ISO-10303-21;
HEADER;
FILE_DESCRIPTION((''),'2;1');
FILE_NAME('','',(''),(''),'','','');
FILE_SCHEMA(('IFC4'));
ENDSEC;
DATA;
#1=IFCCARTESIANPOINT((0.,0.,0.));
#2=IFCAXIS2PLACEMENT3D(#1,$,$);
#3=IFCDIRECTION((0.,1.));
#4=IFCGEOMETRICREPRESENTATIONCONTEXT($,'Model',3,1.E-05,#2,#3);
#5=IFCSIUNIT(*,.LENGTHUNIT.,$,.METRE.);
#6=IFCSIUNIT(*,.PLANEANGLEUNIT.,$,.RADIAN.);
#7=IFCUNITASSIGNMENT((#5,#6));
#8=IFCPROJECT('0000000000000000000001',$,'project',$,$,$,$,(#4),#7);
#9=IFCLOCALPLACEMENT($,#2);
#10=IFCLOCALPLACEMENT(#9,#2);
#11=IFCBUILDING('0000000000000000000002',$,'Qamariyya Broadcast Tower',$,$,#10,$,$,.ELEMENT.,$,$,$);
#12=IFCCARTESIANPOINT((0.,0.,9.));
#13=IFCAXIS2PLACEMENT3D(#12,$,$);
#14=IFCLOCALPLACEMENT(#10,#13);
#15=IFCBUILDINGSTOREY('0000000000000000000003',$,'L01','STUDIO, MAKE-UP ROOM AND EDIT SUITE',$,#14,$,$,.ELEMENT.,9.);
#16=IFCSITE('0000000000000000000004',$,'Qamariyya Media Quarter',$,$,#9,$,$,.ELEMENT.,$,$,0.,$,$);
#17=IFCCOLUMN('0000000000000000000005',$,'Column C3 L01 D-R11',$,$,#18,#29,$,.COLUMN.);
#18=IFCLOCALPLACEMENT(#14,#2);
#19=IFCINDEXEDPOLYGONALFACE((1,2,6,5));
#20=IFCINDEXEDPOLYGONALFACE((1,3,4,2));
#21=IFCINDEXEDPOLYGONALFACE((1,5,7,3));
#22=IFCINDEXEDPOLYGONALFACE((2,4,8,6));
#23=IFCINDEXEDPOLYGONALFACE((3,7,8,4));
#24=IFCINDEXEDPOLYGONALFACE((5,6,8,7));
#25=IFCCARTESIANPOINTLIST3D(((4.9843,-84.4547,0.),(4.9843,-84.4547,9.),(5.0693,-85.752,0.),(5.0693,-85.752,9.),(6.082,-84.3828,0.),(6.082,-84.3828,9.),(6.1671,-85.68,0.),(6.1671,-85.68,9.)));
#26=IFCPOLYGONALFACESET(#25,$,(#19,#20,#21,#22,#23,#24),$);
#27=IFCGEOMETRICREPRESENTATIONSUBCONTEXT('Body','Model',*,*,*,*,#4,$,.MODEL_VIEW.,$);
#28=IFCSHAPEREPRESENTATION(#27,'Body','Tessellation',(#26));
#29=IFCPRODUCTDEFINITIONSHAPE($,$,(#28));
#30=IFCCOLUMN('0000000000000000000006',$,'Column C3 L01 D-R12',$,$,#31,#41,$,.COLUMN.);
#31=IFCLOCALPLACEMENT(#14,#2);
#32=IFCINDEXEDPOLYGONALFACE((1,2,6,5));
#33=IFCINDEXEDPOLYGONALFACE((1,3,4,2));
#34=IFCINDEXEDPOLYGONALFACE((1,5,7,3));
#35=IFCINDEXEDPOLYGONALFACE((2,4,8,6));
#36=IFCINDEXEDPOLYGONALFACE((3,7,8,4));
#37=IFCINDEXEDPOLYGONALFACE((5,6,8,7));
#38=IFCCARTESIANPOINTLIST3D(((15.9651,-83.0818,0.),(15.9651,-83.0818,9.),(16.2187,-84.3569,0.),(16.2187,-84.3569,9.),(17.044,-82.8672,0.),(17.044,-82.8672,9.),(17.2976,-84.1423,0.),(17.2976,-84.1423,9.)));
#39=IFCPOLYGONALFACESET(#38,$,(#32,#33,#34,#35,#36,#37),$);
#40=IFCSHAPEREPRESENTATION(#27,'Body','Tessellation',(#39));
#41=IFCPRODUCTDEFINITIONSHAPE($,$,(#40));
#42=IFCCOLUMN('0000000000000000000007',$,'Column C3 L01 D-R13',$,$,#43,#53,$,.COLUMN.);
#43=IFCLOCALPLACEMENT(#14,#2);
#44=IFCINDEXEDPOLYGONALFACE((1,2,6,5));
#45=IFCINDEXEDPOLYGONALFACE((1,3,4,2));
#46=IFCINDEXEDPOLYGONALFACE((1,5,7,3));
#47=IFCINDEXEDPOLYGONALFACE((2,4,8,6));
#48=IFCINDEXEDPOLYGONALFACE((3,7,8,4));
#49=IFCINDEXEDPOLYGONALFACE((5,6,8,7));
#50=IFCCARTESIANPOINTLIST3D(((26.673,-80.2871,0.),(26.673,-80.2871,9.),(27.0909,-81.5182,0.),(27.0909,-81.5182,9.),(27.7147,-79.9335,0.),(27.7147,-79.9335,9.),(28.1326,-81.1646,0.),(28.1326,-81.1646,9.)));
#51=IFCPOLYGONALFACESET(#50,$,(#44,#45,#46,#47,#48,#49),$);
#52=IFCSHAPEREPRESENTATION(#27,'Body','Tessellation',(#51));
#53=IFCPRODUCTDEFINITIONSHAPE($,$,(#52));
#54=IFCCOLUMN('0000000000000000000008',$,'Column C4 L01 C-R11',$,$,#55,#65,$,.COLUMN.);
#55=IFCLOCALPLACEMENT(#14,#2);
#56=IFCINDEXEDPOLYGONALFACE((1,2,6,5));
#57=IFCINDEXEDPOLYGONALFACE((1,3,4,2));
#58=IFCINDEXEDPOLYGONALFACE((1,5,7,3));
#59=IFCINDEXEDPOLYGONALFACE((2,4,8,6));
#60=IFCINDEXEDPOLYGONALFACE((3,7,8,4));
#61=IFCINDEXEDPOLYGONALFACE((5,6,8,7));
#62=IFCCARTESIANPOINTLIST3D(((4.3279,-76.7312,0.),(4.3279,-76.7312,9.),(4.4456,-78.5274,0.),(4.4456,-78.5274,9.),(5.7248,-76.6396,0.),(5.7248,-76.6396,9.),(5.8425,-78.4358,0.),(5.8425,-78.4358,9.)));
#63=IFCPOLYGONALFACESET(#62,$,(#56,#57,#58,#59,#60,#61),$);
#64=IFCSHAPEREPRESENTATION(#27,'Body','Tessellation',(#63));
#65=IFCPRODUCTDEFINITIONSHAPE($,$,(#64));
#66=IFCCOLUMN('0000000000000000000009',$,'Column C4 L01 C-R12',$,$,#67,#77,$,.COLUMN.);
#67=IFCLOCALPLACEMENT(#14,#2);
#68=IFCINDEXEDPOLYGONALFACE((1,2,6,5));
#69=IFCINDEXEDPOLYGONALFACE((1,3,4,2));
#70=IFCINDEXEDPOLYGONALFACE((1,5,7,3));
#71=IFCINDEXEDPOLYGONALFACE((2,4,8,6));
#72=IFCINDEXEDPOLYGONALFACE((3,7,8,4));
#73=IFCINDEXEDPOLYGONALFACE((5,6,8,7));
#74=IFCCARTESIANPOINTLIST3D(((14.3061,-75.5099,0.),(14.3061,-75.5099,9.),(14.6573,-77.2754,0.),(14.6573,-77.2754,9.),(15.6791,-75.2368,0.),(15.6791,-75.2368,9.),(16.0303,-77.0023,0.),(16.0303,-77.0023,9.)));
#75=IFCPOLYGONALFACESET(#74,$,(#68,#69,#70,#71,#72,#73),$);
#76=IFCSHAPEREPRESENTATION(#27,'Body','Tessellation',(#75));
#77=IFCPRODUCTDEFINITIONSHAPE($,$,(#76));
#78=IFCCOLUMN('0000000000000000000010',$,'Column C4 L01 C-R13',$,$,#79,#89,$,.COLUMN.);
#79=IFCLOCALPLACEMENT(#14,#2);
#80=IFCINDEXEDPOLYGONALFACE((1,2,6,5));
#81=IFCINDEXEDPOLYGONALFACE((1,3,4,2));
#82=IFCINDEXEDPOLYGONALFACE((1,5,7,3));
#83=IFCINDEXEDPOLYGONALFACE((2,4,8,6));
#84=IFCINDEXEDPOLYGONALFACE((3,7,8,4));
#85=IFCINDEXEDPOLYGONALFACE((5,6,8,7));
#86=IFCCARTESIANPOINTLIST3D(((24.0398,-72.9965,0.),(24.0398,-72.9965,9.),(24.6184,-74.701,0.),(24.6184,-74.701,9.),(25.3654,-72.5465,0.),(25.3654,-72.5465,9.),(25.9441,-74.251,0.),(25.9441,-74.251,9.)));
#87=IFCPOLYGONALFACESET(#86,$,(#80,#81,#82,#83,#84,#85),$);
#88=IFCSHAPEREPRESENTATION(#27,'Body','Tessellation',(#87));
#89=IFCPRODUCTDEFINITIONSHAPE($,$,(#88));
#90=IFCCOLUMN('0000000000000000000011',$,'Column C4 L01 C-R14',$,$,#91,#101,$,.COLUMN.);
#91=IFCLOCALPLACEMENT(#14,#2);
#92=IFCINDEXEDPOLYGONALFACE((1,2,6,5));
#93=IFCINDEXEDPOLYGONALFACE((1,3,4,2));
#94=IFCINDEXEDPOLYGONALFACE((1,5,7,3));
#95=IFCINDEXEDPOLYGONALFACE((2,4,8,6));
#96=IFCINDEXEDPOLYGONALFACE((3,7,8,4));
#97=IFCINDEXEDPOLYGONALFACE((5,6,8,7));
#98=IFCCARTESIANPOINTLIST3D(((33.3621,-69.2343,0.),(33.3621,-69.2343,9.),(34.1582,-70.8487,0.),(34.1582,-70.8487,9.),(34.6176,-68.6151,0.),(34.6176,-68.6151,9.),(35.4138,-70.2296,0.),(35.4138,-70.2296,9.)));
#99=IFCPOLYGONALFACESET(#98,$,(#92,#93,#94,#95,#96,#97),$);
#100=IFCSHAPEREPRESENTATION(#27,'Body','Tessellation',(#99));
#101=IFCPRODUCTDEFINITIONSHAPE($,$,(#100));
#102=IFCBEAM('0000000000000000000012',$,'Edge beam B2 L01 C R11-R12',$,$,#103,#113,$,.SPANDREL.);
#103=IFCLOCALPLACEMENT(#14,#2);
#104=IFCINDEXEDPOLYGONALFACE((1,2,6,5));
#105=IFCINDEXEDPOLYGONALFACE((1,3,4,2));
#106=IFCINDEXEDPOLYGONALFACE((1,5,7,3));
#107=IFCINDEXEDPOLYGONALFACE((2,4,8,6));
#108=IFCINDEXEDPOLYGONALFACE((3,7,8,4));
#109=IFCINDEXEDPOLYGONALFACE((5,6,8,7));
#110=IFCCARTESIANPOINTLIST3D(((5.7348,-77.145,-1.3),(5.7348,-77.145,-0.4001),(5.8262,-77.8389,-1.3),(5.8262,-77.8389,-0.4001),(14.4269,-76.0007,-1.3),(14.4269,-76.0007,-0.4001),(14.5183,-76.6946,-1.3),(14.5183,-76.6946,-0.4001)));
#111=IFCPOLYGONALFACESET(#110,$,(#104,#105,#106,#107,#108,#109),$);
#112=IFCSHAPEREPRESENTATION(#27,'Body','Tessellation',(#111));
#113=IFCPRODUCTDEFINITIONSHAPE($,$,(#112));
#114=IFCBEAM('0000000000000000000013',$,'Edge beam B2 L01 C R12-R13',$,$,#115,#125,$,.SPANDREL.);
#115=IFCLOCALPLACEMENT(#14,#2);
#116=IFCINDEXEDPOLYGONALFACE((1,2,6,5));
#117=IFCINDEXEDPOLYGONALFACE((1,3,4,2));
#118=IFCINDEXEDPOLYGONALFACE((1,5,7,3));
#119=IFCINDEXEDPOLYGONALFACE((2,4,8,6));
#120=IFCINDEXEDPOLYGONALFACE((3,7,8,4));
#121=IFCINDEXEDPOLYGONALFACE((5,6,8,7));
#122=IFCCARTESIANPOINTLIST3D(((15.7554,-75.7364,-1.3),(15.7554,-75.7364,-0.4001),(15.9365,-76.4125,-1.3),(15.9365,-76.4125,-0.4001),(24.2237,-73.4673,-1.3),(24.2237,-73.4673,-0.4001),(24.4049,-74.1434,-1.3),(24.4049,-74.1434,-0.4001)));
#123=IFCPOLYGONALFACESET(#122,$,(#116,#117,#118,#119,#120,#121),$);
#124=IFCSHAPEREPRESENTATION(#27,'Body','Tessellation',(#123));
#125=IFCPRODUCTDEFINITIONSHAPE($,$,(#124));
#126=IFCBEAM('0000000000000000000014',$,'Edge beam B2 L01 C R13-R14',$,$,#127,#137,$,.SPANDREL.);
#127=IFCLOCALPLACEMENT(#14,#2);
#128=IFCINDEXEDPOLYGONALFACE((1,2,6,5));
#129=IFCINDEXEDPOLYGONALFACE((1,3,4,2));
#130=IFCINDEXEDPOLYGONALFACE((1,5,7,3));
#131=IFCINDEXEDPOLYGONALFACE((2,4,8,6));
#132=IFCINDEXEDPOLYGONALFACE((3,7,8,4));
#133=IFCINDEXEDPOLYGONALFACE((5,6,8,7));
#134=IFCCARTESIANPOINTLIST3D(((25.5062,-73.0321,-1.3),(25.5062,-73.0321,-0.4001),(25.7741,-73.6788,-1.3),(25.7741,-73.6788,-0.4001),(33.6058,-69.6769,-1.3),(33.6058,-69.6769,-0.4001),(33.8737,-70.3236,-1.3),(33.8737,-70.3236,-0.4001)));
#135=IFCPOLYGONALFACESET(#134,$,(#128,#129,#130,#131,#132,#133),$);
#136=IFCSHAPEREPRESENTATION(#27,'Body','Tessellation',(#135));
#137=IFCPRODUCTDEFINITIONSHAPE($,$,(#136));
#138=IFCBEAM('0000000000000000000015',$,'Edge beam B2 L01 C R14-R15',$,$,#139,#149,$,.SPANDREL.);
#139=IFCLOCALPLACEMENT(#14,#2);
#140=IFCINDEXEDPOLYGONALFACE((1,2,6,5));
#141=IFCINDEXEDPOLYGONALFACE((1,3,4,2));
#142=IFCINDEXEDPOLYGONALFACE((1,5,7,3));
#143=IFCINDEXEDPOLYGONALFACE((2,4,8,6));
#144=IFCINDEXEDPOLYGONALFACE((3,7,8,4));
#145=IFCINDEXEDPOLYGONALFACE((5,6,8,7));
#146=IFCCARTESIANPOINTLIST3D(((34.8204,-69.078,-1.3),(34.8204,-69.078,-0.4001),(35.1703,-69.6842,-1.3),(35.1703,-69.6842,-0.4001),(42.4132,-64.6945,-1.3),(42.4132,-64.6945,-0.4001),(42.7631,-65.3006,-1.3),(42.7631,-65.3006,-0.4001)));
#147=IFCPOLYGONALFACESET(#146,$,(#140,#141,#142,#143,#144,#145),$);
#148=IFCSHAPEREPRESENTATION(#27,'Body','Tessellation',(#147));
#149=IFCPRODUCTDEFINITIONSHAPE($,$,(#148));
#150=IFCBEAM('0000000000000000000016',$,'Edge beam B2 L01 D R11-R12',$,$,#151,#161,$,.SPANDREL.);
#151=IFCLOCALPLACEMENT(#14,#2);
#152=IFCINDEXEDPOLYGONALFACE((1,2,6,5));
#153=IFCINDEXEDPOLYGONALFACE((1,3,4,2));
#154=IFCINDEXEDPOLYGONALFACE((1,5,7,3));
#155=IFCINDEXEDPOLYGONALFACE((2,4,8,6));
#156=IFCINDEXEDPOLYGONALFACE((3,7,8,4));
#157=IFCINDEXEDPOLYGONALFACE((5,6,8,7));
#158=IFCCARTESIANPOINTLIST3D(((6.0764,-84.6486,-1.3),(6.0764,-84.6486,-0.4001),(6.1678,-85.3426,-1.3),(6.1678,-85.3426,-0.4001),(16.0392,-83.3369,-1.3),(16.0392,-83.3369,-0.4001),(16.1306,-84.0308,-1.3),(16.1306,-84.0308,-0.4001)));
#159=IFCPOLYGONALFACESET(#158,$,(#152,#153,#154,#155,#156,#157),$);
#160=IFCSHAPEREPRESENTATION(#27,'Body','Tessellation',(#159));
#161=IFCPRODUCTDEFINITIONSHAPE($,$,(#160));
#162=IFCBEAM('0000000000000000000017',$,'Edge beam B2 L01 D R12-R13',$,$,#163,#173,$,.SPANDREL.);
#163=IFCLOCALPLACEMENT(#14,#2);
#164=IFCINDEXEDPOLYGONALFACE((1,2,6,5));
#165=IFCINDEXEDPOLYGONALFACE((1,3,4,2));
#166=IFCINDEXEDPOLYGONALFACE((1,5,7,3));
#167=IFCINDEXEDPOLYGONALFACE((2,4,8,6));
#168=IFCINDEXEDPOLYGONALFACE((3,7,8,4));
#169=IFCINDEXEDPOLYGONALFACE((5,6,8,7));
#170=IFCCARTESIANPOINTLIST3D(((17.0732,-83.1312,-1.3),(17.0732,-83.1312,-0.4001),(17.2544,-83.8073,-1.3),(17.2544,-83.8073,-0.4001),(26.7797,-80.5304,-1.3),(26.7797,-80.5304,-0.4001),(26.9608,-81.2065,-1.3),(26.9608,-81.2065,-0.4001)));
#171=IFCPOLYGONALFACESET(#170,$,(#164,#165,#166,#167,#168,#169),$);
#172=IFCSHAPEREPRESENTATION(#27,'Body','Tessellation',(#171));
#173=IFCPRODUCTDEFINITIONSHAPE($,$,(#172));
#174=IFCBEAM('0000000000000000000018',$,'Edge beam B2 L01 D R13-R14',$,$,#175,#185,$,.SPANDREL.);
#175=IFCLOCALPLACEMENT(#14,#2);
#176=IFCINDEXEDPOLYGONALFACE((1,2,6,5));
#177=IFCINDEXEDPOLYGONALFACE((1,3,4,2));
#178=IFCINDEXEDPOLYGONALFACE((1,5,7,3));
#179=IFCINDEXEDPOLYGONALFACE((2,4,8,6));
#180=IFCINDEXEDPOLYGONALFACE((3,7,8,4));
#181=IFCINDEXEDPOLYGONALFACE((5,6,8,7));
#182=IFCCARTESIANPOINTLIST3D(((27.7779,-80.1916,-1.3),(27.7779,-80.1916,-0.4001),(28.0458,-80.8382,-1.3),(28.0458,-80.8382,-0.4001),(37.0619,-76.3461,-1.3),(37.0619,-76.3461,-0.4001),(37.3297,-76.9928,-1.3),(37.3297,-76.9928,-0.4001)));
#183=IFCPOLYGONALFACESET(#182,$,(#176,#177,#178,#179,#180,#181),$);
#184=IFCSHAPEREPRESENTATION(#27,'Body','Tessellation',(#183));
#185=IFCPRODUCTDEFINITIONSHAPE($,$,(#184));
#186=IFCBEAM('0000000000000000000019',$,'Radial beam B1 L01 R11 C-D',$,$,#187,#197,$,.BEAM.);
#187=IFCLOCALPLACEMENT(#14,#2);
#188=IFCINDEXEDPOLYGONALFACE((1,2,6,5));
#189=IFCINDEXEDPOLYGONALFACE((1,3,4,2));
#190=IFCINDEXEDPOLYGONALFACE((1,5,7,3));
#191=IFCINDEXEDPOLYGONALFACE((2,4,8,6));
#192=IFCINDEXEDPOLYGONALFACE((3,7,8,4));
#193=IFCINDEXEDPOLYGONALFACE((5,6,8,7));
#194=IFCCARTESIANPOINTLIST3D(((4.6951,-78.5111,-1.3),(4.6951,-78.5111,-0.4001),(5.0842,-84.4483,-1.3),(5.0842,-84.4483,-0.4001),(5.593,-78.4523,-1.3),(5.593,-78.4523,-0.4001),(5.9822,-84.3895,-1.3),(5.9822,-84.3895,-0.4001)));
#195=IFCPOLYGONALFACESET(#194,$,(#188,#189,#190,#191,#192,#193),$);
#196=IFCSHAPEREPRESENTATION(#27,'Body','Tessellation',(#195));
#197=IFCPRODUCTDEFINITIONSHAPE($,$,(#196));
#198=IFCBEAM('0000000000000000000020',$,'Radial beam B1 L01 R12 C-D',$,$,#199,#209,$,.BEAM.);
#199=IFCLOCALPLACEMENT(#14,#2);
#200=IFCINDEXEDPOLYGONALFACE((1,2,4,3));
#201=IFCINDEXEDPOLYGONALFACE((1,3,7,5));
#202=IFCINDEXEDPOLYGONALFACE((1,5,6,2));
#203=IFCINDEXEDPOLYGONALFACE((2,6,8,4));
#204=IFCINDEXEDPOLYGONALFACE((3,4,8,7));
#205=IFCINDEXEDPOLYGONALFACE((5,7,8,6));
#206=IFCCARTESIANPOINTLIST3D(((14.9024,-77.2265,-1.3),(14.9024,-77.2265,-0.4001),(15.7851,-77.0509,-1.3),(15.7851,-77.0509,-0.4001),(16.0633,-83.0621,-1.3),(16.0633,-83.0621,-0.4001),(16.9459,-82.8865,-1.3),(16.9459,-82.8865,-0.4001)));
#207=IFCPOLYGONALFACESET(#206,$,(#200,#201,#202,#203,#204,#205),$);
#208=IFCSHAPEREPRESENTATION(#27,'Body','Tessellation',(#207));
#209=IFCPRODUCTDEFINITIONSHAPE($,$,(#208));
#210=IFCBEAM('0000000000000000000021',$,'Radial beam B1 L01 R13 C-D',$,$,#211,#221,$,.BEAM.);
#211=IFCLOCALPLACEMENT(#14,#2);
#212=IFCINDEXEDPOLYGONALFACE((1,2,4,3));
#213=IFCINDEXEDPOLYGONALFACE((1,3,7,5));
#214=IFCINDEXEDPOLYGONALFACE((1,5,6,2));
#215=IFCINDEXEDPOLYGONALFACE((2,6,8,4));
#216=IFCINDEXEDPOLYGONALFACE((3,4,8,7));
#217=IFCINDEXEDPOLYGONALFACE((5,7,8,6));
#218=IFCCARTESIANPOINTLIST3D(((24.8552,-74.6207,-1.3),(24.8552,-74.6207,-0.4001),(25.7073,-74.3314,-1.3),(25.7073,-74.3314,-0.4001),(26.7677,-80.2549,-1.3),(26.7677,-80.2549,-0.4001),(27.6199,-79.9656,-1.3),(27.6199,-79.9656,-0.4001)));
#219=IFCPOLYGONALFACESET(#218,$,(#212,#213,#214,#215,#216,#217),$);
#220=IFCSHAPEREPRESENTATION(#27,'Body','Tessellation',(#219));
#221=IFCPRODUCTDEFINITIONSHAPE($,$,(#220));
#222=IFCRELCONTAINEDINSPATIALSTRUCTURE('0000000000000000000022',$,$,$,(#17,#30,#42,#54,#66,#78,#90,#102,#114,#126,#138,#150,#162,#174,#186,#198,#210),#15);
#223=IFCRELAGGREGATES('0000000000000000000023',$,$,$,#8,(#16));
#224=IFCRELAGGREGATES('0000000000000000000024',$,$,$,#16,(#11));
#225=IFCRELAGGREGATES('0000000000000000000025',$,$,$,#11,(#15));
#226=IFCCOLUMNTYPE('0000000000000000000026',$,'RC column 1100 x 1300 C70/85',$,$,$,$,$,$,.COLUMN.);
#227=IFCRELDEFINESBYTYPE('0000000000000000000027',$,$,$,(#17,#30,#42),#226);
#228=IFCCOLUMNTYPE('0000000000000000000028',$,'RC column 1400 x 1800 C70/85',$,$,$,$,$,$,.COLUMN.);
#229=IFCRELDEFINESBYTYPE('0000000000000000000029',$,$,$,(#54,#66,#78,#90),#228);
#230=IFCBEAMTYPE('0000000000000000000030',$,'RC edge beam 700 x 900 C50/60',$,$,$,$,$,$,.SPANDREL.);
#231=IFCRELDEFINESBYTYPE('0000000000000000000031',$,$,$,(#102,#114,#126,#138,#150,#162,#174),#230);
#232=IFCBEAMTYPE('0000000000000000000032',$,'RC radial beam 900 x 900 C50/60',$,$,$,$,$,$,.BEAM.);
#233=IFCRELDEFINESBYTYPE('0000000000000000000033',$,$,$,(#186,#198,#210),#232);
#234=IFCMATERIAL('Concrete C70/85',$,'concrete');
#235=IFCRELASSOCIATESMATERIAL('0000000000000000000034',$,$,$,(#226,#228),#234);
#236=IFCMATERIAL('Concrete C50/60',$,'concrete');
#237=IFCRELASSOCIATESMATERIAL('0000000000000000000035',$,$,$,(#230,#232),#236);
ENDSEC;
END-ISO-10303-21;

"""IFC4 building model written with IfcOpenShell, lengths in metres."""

from ifc_helpers import new_model, si_unit, direction, frame, origin, origin_2d, place, context, subcontext, project, spatial, rectangle, extrude, material, material_profile, profile_set, type_object, element, save


model = new_model("IFC4")

# Units and contexts
model_context = context("Model", 3, precision=1e-05, world=origin(), true_north=direction((0.0, 1.0)))
body_context = subcontext(model_context, "Body", "Model", "MODEL_VIEW")
ifc_project = project(units=[si_unit("LENGTHUNIT", "METRE"), si_unit("PLANEANGLEUNIT", "RADIAN")], contexts=[model_context])

# Site, building, storey
site_placement = place(None, origin())
site = spatial("IfcSite", under=ifc_project, at=site_placement, Name="Qamariyya Media Quarter", CompositionType="ELEMENT", RefElevation=0.0)
building_placement = place(site_placement, origin())
building = spatial("IfcBuilding", under=site, at=building_placement, Name="Qamariyya Broadcast Tower", CompositionType="ELEMENT")
storey_placement = place(building_placement, frame((0.0, 0.0, 9.0)))
storey = spatial("IfcBuildingStorey", under=building, at=storey_placement, Name="L01", Description="STUDIO, MAKE-UP ROOM AND EDIT SUITE", CompositionType="ELEMENT", Elevation=9.0)

# Columns
ifc_material_1 = material(Name="Concrete C70/85", Category="concrete")
ifc_material_profile_1 = material_profile(ifc_material_1, rectangle(XDim=1.1001, YDim=1.3, at=origin_2d()))
ifc_profile_set_1 = profile_set([ifc_material_profile_1], Name="Concrete C70/85")
column_type_1 = type_object("IfcColumnType", Name="RC column 1100 x 1300 C70/85", PredefinedType="COLUMN", material=ifc_profile_set_1)
for number, where, z_axis, x_axis, name in (
    (1, (5.5757, -85.0674, 0.0), (0.0, 0.0, 1.0), (0.997859, 0.065403, 0.0), "Column C3 L01 D-R11"),
    (2, (16.6313, -83.6121, 0.0), (0.0, 0.0, 1.0), (0.980785, 0.19509, 0.0), "Column C3 L01 D-R12"),
    (3, (27.4028, -80.7258, 0.0), (0.0, 0.0, 1.0), (0.94693, 0.321439, 0.0), "Column C3 L01 D-R13"),
):
    element("IfcColumn", number, at=place(storey_placement, frame(where, z_axis=z_axis, x_axis=x_axis)), inside=storey, type_object=column_type_1, Name=name, PredefinedType="COLUMN", context=body_context, shape_type="SweptSolid", body=[
        extrude(rectangle(XDim=1.1001, YDim=1.3, at=origin_2d()), origin(), (0.0, 0.0, 1.0), 9.0),
    ])
ifc_material_profile_2 = material_profile(ifc_material_1, rectangle(XDim=1.3999, YDim=1.8, at=origin_2d()))
ifc_profile_set_2 = profile_set([ifc_material_profile_2], Name="Concrete C70/85")
column_type_2 = type_object("IfcColumnType", Name="RC column 1400 x 1800 C70/85", PredefinedType="COLUMN", material=ifc_profile_set_2)
for number, where, z_axis, x_axis, name in (
    (4, (5.0852, -77.5835, 0.0), (0.0, 0.0, 1.0), (0.997859, 0.065403, 0.0), "Column C4 L01 C-R11"),
    (5, (15.1682, -76.2561, 0.0), (0.0, 0.0, 1.0), (0.980785, 0.19509, 0.0), "Column C4 L01 C-R12"),
    (6, (24.9919, -73.6238, 0.0), (0.0, 0.0, 1.0), (0.94693, 0.321439, 0.0), "Column C4 L01 C-R13"),
    (7, (34.3879, -69.7319, 0.0), (0.0, 0.0, 1.0), (0.896873, 0.442289, 0.0), "Column C4 L01 C-R14"),
):
    element("IfcColumn", number, at=place(storey_placement, frame(where, z_axis=z_axis, x_axis=x_axis)), inside=storey, type_object=column_type_2, Name=name, PredefinedType="COLUMN", context=body_context, shape_type="SweptSolid", body=[
        extrude(rectangle(XDim=1.3999, YDim=1.8, at=origin_2d()), origin(), (0.0, 0.0, 1.0), 9.0),
    ])

# Beams
ifc_material_2 = material(Name="Concrete C50/60", Category="concrete")
ifc_material_profile_3 = material_profile(ifc_material_2, rectangle(XDim=0.7, YDim=0.8999, at=origin_2d()))
ifc_profile_set_3 = profile_set([ifc_material_profile_3], Name="Concrete C50/60")
beam_type_1 = type_object("IfcBeamType", Name="RC edge beam 700 x 900 C50/60", PredefinedType="SPANDREL", material=ifc_profile_set_3)
for number, where, z_axis, x_axis, name in (
    (8, (5.7805, -77.4919, -0.8501), (0.991446, 0.13052, 0.0), (-0.13052, 0.991446, 0.0), "Edge beam B2 L01 C R11-R12"),
    (9, (15.8459, -76.0745, -0.8501), (0.965926, 0.258817, 0.0), (-0.258817, 0.965926, 0.0), "Edge beam B2 L01 C R12-R13"),
    (10, (25.6401, -73.3555, -0.8501), (0.923869, 0.382708, 0.0), (-0.382708, 0.923869, 0.0), "Edge beam B2 L01 C R13-R14"),
):
    element("IfcBeam", number, at=place(storey_placement, frame(where, z_axis=z_axis, x_axis=x_axis)), inside=storey, type_object=beam_type_1, Name=name, PredefinedType="SPANDREL", context=body_context, shape_type="SweptSolid", body=[
        extrude(rectangle(XDim=0.7, YDim=0.8999, at=origin_2d()), origin(), (0.0, 0.0, 1.0), 8.7671),
    ])
beam_1_placement = place(storey_placement, frame((34.9954, -69.3811, -0.8501), z_axis=(0.866033, 0.499988, 0.0), x_axis=(-0.499988, 0.866033, 0.0)))
element("IfcBeam", 11, at=beam_1_placement, inside=storey, type_object=beam_type_1, Name="Edge beam B2 L01 C R14-R15", PredefinedType="SPANDREL", context=body_context, shape_type="SweptSolid", body=[
    extrude(rectangle(XDim=0.7, YDim=0.8999, at=origin_2d()), origin(), (0.0, 0.0, 1.0), 8.7673),
])
for number, where, z_axis, x_axis, name in (
    (12, (6.1221, -84.9956, -0.8501), (0.991443, 0.130539, 0.0), (-0.130539, 0.991443, 0.0), "Edge beam B2 L01 D R11-R12"),
    (13, (17.1638, -83.4692, -0.8501), (0.965927, 0.258816, 0.0), (-0.258816, 0.965927, 0.0), "Edge beam B2 L01 D R12-R13"),
    (14, (27.9119, -80.5149, -0.8501), (0.923882, 0.382677, 0.0), (-0.382677, 0.923882, 0.0), "Edge beam B2 L01 D R13-R14"),
):
    element("IfcBeam", number, at=place(storey_placement, frame(where, z_axis=z_axis, x_axis=x_axis)), inside=storey, type_object=beam_type_1, Name=name, PredefinedType="SPANDREL", context=body_context, shape_type="SweptSolid", body=[
        extrude(rectangle(XDim=0.7, YDim=0.8999, at=origin_2d()), origin(), (0.0, 0.0, 1.0), 10.0488),
    ])
ifc_material_profile_4 = material_profile(ifc_material_2, rectangle(XDim=0.8999, YDim=0.8999, at=origin_2d()))
ifc_profile_set_4 = profile_set([ifc_material_profile_4], Name="Concrete C50/60")
beam_type_2 = type_object("IfcBeamType", Name="RC radial beam 900 x 900 C50/60", PredefinedType="BEAM", material=ifc_profile_set_4)
for number, where, z_axis, x_axis, name in (
    (15, (5.144, -78.4817, -0.8501), (0.065405, -0.997859, 0.0), (0.997859, 0.065405, 0.0), "Radial beam B1 L01 R11 C-D"),
    (16, (15.3438, -77.1387, -0.8501), (0.195106, -0.980782, 0.0), (0.980782, 0.195106, 0.0), "Radial beam B1 L01 R12 C-D"),
    (17, (25.2812, -74.4761, -0.8501), (0.321442, -0.946929, 0.0), (0.946929, 0.321442, 0.0), "Radial beam B1 L01 R13 C-D"),
):
    element("IfcBeam", number, at=place(storey_placement, frame(where, z_axis=z_axis, x_axis=x_axis)), inside=storey, type_object=beam_type_2, Name=name, PredefinedType="BEAM", context=body_context, shape_type="SweptSolid", body=[
        extrude(rectangle(XDim=0.8999, YDim=0.8999, at=origin_2d()), origin(), (0.0, 0.0, 1.0), 5.95),
    ])

save(model, "model.ifc")
